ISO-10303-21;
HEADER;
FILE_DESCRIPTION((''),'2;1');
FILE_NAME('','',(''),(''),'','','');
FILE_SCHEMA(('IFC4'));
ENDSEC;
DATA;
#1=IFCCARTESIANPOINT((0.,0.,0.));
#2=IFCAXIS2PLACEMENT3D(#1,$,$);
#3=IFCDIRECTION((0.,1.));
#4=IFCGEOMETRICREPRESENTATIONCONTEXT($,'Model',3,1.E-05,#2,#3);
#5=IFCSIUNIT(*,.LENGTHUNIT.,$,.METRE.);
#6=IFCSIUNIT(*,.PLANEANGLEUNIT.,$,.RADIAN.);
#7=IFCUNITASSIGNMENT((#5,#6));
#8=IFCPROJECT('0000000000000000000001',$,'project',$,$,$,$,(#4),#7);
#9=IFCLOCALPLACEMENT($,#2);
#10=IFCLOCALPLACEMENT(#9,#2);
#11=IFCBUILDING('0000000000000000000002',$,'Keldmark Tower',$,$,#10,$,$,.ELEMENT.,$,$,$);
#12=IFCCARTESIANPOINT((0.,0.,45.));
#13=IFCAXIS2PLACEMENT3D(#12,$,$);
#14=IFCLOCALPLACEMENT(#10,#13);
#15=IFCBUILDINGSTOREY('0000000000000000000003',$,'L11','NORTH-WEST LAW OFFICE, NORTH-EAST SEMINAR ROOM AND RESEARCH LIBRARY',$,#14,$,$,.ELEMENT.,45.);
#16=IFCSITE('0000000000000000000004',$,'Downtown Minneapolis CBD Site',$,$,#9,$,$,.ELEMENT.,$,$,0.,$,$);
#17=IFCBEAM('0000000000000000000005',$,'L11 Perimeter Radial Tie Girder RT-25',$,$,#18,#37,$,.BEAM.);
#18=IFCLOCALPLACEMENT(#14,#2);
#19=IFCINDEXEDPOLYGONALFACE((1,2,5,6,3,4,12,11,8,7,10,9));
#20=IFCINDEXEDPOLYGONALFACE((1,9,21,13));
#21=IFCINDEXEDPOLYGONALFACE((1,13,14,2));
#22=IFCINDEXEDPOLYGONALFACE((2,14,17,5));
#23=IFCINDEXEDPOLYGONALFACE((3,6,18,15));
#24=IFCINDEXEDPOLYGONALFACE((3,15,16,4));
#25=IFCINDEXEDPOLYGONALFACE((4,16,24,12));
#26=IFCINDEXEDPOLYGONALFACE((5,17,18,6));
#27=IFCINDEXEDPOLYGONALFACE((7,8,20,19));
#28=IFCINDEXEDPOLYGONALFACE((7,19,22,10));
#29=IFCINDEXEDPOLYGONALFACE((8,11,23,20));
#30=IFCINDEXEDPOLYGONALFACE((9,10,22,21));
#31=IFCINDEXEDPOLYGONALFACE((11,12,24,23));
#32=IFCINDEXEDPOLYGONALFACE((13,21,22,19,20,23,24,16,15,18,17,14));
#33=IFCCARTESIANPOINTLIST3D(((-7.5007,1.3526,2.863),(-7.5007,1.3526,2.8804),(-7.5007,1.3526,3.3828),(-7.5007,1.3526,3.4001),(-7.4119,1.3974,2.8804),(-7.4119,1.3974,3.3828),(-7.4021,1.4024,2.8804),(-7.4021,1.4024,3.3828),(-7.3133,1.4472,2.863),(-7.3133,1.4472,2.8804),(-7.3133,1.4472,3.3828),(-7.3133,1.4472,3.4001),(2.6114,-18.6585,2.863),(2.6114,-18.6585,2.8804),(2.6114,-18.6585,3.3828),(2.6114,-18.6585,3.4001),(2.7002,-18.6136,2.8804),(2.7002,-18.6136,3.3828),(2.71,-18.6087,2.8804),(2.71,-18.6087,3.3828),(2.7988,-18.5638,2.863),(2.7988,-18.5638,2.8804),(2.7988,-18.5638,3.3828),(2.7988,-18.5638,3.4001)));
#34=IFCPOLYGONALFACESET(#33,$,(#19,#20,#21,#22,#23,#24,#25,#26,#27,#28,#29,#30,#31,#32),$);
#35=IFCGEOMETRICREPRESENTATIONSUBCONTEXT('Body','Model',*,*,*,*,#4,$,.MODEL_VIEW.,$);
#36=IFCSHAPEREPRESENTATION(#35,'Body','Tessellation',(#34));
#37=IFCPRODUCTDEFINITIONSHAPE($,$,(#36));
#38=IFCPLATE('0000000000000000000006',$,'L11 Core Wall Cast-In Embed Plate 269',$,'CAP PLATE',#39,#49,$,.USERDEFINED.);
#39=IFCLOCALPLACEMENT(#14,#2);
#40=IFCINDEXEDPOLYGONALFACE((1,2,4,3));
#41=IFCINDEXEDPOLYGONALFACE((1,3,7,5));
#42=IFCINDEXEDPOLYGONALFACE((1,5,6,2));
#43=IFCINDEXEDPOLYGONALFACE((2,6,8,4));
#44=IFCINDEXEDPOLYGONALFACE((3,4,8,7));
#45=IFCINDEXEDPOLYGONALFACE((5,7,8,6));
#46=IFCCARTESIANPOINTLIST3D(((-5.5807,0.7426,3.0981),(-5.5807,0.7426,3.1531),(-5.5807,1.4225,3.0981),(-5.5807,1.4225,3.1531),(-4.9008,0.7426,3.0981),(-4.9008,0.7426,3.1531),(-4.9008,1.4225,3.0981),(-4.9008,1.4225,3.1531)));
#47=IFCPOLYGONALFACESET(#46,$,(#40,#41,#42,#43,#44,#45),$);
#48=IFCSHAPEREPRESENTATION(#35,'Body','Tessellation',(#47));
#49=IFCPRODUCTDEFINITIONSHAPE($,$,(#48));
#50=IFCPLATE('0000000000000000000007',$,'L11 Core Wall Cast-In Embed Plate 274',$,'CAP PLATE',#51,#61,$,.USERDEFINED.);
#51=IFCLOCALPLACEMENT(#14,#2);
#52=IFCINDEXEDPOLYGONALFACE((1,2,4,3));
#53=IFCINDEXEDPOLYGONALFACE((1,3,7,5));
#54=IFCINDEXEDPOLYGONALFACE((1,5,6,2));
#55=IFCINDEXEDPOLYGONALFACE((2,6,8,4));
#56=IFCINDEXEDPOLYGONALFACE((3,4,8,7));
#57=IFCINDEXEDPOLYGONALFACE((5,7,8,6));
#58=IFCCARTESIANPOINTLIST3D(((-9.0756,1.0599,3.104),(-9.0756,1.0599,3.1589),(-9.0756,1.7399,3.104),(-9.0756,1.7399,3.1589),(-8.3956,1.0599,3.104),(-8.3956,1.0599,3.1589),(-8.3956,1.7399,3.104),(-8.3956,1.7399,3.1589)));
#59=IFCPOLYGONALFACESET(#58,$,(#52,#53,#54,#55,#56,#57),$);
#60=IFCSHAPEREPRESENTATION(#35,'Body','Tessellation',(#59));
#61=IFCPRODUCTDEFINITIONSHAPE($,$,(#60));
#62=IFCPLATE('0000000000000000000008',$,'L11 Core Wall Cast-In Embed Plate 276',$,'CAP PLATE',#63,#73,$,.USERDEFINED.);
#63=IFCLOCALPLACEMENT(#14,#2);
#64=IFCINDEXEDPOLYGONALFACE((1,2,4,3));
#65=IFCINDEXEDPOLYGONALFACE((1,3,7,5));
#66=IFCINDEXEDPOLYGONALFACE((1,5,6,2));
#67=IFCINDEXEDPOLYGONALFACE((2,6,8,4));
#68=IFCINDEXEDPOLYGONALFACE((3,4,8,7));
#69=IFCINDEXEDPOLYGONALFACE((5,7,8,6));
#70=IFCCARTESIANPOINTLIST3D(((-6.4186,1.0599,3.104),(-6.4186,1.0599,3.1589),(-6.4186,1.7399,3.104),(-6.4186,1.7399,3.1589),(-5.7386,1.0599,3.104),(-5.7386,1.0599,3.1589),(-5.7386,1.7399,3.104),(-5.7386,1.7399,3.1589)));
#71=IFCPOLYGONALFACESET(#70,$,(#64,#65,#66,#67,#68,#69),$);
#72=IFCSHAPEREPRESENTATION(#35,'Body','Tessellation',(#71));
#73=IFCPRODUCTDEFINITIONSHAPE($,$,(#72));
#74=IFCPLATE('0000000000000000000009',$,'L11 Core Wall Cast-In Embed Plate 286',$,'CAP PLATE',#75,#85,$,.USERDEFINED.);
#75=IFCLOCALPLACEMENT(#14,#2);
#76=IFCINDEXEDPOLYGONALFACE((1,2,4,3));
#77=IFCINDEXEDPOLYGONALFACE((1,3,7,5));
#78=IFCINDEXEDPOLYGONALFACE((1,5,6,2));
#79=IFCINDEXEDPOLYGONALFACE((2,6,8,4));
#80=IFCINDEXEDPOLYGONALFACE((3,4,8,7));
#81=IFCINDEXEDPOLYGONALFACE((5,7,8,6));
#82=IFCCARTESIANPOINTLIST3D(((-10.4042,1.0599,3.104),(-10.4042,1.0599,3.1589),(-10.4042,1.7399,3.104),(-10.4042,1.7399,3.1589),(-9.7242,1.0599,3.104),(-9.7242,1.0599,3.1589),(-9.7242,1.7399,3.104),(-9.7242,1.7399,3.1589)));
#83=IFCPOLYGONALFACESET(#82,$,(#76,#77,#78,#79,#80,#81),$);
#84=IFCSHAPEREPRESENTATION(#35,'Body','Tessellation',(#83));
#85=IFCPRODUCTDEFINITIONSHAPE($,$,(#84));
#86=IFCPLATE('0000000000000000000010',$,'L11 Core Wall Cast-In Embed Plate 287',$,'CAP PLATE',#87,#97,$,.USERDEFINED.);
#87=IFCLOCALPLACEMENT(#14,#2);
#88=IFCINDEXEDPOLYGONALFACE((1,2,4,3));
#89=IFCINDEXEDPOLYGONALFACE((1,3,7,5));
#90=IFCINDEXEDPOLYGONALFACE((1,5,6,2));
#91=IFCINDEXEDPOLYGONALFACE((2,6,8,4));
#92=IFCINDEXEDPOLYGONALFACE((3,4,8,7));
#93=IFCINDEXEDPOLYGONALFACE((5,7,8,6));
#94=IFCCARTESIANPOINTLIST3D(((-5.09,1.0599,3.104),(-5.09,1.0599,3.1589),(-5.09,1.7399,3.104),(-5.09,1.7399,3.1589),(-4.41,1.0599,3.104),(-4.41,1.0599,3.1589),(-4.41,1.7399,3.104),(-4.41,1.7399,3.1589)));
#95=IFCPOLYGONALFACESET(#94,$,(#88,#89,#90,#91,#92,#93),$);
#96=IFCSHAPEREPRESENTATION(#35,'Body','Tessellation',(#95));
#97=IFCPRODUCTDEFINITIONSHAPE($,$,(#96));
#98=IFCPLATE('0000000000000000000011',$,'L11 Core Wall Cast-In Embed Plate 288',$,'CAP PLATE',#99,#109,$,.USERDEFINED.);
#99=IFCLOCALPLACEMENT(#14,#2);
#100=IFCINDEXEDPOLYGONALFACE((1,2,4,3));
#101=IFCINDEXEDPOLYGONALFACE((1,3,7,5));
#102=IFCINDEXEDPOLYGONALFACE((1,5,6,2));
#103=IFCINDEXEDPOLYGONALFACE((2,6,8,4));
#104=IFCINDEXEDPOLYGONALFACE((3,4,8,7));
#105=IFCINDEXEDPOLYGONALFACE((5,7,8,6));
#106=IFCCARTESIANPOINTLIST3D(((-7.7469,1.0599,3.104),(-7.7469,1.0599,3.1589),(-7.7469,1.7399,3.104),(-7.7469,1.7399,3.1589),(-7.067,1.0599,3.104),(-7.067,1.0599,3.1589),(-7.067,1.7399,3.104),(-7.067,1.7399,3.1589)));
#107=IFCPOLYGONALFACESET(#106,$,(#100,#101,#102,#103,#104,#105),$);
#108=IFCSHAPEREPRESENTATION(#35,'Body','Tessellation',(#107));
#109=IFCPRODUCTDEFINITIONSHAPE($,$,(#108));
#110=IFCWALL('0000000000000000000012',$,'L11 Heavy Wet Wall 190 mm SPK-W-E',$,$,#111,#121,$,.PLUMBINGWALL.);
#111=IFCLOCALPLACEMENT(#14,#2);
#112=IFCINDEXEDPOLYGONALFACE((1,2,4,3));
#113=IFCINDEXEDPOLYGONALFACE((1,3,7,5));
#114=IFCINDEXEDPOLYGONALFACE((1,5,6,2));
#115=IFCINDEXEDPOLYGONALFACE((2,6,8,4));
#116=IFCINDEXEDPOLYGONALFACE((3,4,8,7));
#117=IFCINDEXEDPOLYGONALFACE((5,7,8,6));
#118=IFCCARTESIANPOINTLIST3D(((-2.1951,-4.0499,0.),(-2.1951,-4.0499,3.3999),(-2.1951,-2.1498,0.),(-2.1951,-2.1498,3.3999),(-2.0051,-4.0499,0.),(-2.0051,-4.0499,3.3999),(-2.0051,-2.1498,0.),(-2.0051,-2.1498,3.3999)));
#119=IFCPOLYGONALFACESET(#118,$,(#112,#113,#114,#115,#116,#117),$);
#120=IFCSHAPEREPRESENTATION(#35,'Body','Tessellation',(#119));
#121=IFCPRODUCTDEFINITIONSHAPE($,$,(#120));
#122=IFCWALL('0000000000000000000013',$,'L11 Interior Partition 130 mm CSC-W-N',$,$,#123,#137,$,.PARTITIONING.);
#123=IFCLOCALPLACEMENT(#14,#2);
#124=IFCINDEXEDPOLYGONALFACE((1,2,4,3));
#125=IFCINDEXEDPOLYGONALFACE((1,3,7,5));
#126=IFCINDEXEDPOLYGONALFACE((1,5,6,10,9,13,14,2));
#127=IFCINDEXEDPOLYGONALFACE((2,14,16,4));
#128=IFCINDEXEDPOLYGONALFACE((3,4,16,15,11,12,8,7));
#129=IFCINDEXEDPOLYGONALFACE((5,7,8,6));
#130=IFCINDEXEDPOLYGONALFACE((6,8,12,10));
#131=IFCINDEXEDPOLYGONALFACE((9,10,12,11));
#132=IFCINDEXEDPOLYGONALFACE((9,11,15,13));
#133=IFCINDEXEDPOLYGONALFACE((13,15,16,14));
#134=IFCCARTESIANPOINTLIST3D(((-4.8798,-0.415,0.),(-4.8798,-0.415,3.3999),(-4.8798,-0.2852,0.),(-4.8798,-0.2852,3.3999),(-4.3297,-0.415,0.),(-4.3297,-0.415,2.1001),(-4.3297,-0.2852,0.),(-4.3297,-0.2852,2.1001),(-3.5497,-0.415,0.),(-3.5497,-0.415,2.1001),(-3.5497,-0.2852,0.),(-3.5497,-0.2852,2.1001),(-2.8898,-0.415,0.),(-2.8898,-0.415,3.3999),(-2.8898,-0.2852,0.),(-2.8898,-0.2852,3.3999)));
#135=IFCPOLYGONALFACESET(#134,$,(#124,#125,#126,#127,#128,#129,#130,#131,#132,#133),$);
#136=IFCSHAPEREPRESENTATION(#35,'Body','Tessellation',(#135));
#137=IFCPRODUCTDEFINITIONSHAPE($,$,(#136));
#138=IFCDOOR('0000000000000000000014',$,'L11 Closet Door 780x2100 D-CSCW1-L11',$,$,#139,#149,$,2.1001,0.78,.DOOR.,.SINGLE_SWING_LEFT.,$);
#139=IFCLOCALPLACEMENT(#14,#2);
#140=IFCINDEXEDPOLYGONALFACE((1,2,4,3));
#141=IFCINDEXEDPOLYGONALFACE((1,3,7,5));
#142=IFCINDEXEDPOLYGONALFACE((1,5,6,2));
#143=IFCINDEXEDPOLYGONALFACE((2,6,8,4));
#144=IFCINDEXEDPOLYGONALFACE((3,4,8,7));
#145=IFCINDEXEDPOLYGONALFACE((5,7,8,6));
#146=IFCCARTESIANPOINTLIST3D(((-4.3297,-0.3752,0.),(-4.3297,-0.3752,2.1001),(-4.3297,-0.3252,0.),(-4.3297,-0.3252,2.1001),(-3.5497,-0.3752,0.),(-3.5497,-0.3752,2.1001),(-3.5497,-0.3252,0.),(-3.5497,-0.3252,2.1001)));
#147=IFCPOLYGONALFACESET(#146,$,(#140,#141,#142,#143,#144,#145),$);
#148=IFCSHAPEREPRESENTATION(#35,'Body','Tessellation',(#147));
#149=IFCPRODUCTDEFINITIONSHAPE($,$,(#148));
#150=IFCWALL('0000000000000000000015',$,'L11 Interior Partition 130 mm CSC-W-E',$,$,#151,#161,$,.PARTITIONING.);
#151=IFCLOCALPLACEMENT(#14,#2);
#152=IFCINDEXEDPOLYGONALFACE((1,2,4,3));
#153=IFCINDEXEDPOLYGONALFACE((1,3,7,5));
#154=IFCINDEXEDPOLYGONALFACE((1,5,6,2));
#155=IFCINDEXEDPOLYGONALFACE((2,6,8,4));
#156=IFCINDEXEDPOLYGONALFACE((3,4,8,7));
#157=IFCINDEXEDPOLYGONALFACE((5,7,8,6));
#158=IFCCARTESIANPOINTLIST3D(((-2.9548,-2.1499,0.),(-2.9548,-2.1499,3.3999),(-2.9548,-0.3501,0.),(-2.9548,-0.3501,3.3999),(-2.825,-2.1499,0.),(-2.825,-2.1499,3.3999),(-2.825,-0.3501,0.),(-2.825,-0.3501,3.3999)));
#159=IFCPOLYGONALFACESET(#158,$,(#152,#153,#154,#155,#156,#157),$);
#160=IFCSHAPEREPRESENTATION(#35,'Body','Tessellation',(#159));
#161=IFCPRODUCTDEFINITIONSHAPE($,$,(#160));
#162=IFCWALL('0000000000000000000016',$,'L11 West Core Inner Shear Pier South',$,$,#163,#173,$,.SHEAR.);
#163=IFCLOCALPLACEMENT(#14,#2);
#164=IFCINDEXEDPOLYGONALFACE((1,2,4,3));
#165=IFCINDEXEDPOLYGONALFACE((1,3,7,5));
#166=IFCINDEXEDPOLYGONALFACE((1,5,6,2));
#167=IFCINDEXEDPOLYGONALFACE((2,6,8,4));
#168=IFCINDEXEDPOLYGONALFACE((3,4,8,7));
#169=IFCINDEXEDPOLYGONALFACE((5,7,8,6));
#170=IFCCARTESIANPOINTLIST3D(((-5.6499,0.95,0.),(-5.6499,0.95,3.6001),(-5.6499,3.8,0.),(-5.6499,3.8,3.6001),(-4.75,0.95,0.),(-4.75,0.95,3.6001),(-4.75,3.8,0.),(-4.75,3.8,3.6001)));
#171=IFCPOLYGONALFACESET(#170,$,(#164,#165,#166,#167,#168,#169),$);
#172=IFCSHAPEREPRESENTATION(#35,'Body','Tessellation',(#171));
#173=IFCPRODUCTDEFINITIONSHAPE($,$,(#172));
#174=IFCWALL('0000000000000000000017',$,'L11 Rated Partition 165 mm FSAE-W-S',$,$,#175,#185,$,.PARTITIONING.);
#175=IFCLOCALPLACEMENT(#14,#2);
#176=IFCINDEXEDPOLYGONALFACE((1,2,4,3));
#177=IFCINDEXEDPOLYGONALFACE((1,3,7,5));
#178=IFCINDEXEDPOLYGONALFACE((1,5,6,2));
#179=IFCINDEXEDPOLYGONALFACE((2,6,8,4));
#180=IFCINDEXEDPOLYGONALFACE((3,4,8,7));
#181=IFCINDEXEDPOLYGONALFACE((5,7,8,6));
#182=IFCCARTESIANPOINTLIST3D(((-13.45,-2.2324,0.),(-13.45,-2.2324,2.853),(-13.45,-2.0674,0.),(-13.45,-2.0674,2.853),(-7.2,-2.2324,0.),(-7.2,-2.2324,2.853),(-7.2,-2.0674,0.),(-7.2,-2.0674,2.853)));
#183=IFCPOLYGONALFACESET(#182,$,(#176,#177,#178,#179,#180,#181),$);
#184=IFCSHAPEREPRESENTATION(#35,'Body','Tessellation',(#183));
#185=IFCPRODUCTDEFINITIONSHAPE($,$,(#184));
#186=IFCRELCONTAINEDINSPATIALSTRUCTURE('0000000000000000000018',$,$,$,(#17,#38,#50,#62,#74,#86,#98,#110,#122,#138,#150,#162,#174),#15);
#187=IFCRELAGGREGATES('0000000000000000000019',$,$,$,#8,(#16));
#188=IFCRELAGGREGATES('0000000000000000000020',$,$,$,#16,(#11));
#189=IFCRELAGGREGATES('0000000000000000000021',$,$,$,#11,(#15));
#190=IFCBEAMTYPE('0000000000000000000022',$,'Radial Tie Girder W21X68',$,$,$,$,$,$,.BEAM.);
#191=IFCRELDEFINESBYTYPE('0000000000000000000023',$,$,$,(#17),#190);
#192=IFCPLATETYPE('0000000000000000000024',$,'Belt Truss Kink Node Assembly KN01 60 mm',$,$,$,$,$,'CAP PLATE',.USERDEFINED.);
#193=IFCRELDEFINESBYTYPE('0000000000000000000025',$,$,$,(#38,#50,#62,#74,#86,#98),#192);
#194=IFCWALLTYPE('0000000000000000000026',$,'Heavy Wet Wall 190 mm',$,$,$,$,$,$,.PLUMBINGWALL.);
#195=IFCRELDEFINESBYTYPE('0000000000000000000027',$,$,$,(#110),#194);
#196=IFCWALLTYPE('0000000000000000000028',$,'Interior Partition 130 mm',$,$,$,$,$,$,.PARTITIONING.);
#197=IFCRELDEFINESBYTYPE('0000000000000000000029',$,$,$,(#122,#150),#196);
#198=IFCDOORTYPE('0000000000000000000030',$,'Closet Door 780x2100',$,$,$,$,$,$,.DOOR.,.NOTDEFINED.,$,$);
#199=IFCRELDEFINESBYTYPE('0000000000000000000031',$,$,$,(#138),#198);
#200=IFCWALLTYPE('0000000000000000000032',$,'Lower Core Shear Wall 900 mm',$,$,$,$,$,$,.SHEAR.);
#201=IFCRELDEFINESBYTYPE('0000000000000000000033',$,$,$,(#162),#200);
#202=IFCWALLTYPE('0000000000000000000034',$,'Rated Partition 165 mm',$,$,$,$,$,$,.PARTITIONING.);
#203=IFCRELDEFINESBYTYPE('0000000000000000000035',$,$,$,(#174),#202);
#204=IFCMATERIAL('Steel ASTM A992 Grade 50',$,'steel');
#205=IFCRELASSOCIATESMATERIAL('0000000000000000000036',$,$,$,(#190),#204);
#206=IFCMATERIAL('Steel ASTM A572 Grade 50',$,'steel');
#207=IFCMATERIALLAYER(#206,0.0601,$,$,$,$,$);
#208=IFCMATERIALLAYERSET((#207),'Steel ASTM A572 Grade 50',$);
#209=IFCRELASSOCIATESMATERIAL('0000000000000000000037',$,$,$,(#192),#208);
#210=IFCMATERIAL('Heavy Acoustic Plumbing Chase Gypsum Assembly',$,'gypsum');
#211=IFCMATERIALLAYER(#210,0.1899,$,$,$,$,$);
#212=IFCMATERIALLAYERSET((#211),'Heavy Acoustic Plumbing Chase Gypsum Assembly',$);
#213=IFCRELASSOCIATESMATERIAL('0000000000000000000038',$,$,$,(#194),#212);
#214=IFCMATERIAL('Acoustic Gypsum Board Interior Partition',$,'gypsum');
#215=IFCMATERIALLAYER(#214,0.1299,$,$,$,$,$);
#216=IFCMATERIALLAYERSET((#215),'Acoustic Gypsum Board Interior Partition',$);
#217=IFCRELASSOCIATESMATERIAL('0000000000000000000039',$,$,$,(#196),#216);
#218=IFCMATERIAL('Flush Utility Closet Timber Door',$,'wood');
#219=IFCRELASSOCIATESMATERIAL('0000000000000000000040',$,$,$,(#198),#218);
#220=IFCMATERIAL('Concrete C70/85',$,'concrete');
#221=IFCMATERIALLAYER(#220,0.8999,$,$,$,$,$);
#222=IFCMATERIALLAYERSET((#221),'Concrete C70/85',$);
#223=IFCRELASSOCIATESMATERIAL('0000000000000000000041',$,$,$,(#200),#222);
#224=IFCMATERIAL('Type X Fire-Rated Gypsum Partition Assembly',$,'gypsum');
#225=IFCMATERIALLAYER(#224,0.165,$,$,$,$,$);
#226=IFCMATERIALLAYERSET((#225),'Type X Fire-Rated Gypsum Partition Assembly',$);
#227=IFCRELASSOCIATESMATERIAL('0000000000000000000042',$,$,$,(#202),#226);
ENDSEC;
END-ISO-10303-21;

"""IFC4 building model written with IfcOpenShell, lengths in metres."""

from ifc_helpers import new_model, si_unit, direction, frame, frame_2d, origin, origin_2d, place, context, subcontext, project, spatial, rectangle, i_section, extrude, material, layer, layer_set, material_profile, profile_set, type_object, element, fill, save


model = new_model("IFC4")

# Units and contexts
model_context = context("Model", 3, precision=1e-05, world=origin(), true_north=direction((0.0, 1.0)))
body_context = subcontext(model_context, "Body", "Model", "MODEL_VIEW")
ifc_project = project(units=[si_unit("LENGTHUNIT", "METRE"), si_unit("PLANEANGLEUNIT", "RADIAN")], contexts=[model_context])

# Site, building, storey
site_placement = place(None, origin())
site = spatial("IfcSite", under=ifc_project, at=site_placement, Name="Downtown Minneapolis CBD Site", CompositionType="ELEMENT", RefElevation=0.0)
building_placement = place(site_placement, origin())
building = spatial("IfcBuilding", under=site, at=building_placement, Name="Keldmark Tower", CompositionType="ELEMENT")
storey_placement = place(building_placement, frame((0.0, 0.0, 45.0)))
storey = spatial("IfcBuildingStorey", under=building, at=storey_placement, Name="L11", Description="NORTH-WEST LAW OFFICE, NORTH-EAST SEMINAR ROOM AND RESEARCH LIBRARY", CompositionType="ELEMENT", Elevation=45.0)

# Beam
ifc_material_1 = material(Name="Steel ASTM A992 Grade 50", Category="steel")
ifc_material_profile_1 = material_profile(ifc_material_1, i_section(OverallWidth=0.21, OverallDepth=0.5371, WebThickness=0.011, FlangeThickness=0.0173, at=origin_2d()), Name="W21X68")
ifc_profile_set_1 = profile_set([ifc_material_profile_1], Name="Steel ASTM A992 Grade 50")
beam_type_1 = type_object("IfcBeamType", Name="Radial Tie Girder W21X68", PredefinedType="BEAM", material=ifc_profile_set_1)
beam_1_placement = place(storey_placement, frame((-7.407, 1.3999, 3.1316), z_axis=(0.451012, -0.892518, 0.0), x_axis=(0.892518, 0.451012, 0.0)))
element("IfcBeam", 1, at=beam_1_placement, inside=storey, type_object=beam_type_1, Name="L11 Perimeter Radial Tie Girder RT-25", PredefinedType="BEAM", context=body_context, shape_type="SweptSolid", body=[
    extrude(i_section(OverallWidth=0.21, OverallDepth=0.5371, WebThickness=0.011, FlangeThickness=0.0173, at=origin_2d()), origin(), (0.0, 0.0, 1.0), 22.4209),
])

# Plates
ifc_material_2 = material(Name="Steel ASTM A572 Grade 50", Category="steel")
ifc_layer_1 = layer(ifc_material_2, 0.0601)
ifc_layer_set_1 = layer_set([ifc_layer_1], Name="Steel ASTM A572 Grade 50")
plate_type = type_object("IfcPlateType", Name="Belt Truss Kink Node Assembly KN01 60 mm", ElementType="CAP PLATE", PredefinedType="USERDEFINED", material=ifc_layer_set_1)
for number, where, z_axis, x_axis, name in (
    (2, (-5.2407, 1.0825, 3.0981), (0.0, 0.0, 1.0), (1.0, 0.0, 0.0), "L11 Core Wall Cast-In Embed Plate 269"),
    (3, (-8.7356, 1.3999, 3.104), (0.0, 0.0, 1.0), (1.0, 0.0, 0.0), "L11 Core Wall Cast-In Embed Plate 274"),
    (4, (-6.0786, 1.3999, 3.104), (0.0, 0.0, 1.0), (1.0, 0.0, 0.0), "L11 Core Wall Cast-In Embed Plate 276"),
    (5, (-10.0642, 1.3999, 3.104), (0.0, 0.0, 1.0), (1.0, 0.0, 0.0), "L11 Core Wall Cast-In Embed Plate 286"),
    (6, (-4.75, 1.3999, 3.104), (0.0, 0.0, 1.0), (1.0, 0.0, 0.0), "L11 Core Wall Cast-In Embed Plate 287"),
    (7, (-7.407, 1.3999, 3.104), (0.0, 0.0, 1.0), (1.0, 0.0, 0.0), "L11 Core Wall Cast-In Embed Plate 288"),
):
    element("IfcPlate", number, at=place(storey_placement, frame(where, z_axis=z_axis, x_axis=x_axis)), inside=storey, type_object=plate_type, Name=name, ObjectType="CAP PLATE", PredefinedType="USERDEFINED", context=body_context, shape_type="SweptSolid", body=[
        extrude(rectangle(XDim=0.6799, YDim=0.6799, at=origin_2d()), origin(), (0.0, 0.0, 1.0), 0.0549),
    ])

# Wall
ifc_material_3 = material(Name="Heavy Acoustic Plumbing Chase Gypsum Assembly", Category="gypsum")
ifc_layer_2 = layer(ifc_material_3, 0.1899)
ifc_layer_set_2 = layer_set([ifc_layer_2], Name="Heavy Acoustic Plumbing Chase Gypsum Assembly")
wall_type_1 = type_object("IfcWallType", Name="Heavy Wet Wall 190 mm", PredefinedType="PLUMBINGWALL", material=ifc_layer_set_2)
wall_1_placement = place(storey_placement, frame((-2.1001, -4.05, 0.0), z_axis=(0.0, 0.0, 1.0), x_axis=(0.0, 1.0, 0.0)))
element("IfcWall", 8, at=wall_1_placement, inside=storey, type_object=wall_type_1, Name="L11 Heavy Wet Wall 190 mm SPK-W-E", PredefinedType="PLUMBINGWALL", context=body_context, shape_type="SweptSolid", body=[
    extrude(rectangle(XDim=1.9001, YDim=0.1899, at=frame_2d((0.9502, 0.0))), origin(), (0.0, 0.0, 1.0), 3.3999),
])

# Wall, opening, door
ifc_material_4 = material(Name="Acoustic Gypsum Board Interior Partition", Category="gypsum")
ifc_layer_3 = layer(ifc_material_4, 0.1299)
ifc_layer_set_3 = layer_set([ifc_layer_3], Name="Acoustic Gypsum Board Interior Partition")
wall_type_2 = type_object("IfcWallType", Name="Interior Partition 130 mm", PredefinedType="PARTITIONING", material=ifc_layer_set_3)
wall_2_placement = place(storey_placement, frame((-4.8799, -0.3501, 0.0), z_axis=(0.0, 0.0, 1.0), x_axis=(1.0, 0.0, 0.0)))
wall_2 = element("IfcWall", 9, at=wall_2_placement, inside=storey, type_object=wall_type_2, Name="L11 Interior Partition 130 mm CSC-W-N", PredefinedType="PARTITIONING", context=body_context, shape_type="SweptSolid", body=[
    extrude(rectangle(XDim=1.99, YDim=0.1299, at=frame_2d((0.9951, 0.0))), origin(), (0.0, 0.0, 1.0), 3.3999),
])
opening_1_placement = place(wall_2_placement, frame((0.55, 0.0, 0.0)))
opening_1 = element("IfcOpeningElement", 10, at=opening_1_placement, cuts=wall_2, PredefinedType="OPENING", context=body_context, shape_type="SweptSolid", body=[
    extrude(rectangle(XDim=0.78, YDim=2.1001, at=frame_2d((0.3901, 1.05))), frame((0.0, 0.075, 0.0), z_axis=(0.0, -1.0, 0.0), x_axis=(1.0, 0.0, 0.0)), (0.0, 0.0, 1.0), 0.1499),
])
ifc_material_5 = material(Name="Flush Utility Closet Timber Door", Category="wood")
door_type_1 = type_object("IfcDoorType", Name="Closet Door 780x2100", OperationType="NOTDEFINED", PredefinedType="DOOR", material=ifc_material_5)
door_1_placement = place(opening_1_placement, origin())
door_1 = element("IfcDoor", 11, at=door_1_placement, inside=storey, type_object=door_type_1, Name="L11 Closet Door 780x2100 D-CSCW1-L11", OperationType="SINGLE_SWING_LEFT", OverallHeight=2.1001, OverallWidth=0.78, PredefinedType="DOOR", context=body_context, shape_type="SweptSolid", body=[
    extrude(rectangle(XDim=0.78, YDim=2.1001, at=frame_2d((0.3901, 1.05))), frame((0.0, 0.0249, 0.0), z_axis=(0.0, -1.0, 0.0), x_axis=(1.0, 0.0, 0.0)), (0.0, 0.0, 1.0), 0.05),
])
fill(opening_1, door_1)

# Wall
wall_3_placement = place(storey_placement, frame((-2.8899, -2.1499, 0.0), z_axis=(0.0, 0.0, 1.0), x_axis=(0.0, 1.0, 0.0)))
element("IfcWall", 12, at=wall_3_placement, inside=storey, type_object=wall_type_2, Name="L11 Interior Partition 130 mm CSC-W-E", PredefinedType="PARTITIONING", context=body_context, shape_type="SweptSolid", body=[
    extrude(rectangle(XDim=1.7998, YDim=0.1299, at=frame_2d((0.8999, 0.0))), origin(), (0.0, 0.0, 1.0), 3.3999),
])

# Shared definitions
ifc_material_6 = material(Name="Concrete C70/85", Category="concrete")
ifc_layer_4 = layer(ifc_material_6, 0.8999)
ifc_layer_set_4 = layer_set([ifc_layer_4], Name="Concrete C70/85")
wall_type_3 = type_object("IfcWallType", Name="Lower Core Shear Wall 900 mm", PredefinedType="SHEAR", material=ifc_layer_set_4)

# Walls
wall_4_placement = place(storey_placement, frame((-5.2, 0.95, 0.0), z_axis=(0.0, 0.0, 1.0), x_axis=(0.0, 1.0, 0.0)))
element("IfcWall", 13, at=wall_4_placement, inside=storey, type_object=wall_type_3, Name="L11 West Core Inner Shear Pier South", PredefinedType="SHEAR", context=body_context, shape_type="SweptSolid", body=[
    extrude(rectangle(XDim=2.8501, YDim=0.8999, at=frame_2d((1.425, 0.0))), origin(), (0.0, 0.0, 1.0), 3.6001),
])
ifc_material_7 = material(Name="Type X Fire-Rated Gypsum Partition Assembly", Category="gypsum")
ifc_layer_5 = layer(ifc_material_7, 0.165)
ifc_layer_set_5 = layer_set([ifc_layer_5], Name="Type X Fire-Rated Gypsum Partition Assembly")
wall_type_4 = type_object("IfcWallType", Name="Rated Partition 165 mm", PredefinedType="PARTITIONING", material=ifc_layer_set_5)
wall_5_placement = place(storey_placement, frame((-13.45, -2.1499, 0.0), z_axis=(0.0, 0.0, 1.0), x_axis=(1.0, 0.0, 0.0)))
element("IfcWall", 14, at=wall_5_placement, inside=storey, type_object=wall_type_4, Name="L11 Rated Partition 165 mm FSAE-W-S", PredefinedType="PARTITIONING", context=body_context, shape_type="SweptSolid", body=[
    extrude(rectangle(XDim=6.25, YDim=0.165, at=frame_2d((3.125, 0.0))), origin(), (0.0, 0.0, 1.0), 2.853),
])

save(model, "model.ifc")
